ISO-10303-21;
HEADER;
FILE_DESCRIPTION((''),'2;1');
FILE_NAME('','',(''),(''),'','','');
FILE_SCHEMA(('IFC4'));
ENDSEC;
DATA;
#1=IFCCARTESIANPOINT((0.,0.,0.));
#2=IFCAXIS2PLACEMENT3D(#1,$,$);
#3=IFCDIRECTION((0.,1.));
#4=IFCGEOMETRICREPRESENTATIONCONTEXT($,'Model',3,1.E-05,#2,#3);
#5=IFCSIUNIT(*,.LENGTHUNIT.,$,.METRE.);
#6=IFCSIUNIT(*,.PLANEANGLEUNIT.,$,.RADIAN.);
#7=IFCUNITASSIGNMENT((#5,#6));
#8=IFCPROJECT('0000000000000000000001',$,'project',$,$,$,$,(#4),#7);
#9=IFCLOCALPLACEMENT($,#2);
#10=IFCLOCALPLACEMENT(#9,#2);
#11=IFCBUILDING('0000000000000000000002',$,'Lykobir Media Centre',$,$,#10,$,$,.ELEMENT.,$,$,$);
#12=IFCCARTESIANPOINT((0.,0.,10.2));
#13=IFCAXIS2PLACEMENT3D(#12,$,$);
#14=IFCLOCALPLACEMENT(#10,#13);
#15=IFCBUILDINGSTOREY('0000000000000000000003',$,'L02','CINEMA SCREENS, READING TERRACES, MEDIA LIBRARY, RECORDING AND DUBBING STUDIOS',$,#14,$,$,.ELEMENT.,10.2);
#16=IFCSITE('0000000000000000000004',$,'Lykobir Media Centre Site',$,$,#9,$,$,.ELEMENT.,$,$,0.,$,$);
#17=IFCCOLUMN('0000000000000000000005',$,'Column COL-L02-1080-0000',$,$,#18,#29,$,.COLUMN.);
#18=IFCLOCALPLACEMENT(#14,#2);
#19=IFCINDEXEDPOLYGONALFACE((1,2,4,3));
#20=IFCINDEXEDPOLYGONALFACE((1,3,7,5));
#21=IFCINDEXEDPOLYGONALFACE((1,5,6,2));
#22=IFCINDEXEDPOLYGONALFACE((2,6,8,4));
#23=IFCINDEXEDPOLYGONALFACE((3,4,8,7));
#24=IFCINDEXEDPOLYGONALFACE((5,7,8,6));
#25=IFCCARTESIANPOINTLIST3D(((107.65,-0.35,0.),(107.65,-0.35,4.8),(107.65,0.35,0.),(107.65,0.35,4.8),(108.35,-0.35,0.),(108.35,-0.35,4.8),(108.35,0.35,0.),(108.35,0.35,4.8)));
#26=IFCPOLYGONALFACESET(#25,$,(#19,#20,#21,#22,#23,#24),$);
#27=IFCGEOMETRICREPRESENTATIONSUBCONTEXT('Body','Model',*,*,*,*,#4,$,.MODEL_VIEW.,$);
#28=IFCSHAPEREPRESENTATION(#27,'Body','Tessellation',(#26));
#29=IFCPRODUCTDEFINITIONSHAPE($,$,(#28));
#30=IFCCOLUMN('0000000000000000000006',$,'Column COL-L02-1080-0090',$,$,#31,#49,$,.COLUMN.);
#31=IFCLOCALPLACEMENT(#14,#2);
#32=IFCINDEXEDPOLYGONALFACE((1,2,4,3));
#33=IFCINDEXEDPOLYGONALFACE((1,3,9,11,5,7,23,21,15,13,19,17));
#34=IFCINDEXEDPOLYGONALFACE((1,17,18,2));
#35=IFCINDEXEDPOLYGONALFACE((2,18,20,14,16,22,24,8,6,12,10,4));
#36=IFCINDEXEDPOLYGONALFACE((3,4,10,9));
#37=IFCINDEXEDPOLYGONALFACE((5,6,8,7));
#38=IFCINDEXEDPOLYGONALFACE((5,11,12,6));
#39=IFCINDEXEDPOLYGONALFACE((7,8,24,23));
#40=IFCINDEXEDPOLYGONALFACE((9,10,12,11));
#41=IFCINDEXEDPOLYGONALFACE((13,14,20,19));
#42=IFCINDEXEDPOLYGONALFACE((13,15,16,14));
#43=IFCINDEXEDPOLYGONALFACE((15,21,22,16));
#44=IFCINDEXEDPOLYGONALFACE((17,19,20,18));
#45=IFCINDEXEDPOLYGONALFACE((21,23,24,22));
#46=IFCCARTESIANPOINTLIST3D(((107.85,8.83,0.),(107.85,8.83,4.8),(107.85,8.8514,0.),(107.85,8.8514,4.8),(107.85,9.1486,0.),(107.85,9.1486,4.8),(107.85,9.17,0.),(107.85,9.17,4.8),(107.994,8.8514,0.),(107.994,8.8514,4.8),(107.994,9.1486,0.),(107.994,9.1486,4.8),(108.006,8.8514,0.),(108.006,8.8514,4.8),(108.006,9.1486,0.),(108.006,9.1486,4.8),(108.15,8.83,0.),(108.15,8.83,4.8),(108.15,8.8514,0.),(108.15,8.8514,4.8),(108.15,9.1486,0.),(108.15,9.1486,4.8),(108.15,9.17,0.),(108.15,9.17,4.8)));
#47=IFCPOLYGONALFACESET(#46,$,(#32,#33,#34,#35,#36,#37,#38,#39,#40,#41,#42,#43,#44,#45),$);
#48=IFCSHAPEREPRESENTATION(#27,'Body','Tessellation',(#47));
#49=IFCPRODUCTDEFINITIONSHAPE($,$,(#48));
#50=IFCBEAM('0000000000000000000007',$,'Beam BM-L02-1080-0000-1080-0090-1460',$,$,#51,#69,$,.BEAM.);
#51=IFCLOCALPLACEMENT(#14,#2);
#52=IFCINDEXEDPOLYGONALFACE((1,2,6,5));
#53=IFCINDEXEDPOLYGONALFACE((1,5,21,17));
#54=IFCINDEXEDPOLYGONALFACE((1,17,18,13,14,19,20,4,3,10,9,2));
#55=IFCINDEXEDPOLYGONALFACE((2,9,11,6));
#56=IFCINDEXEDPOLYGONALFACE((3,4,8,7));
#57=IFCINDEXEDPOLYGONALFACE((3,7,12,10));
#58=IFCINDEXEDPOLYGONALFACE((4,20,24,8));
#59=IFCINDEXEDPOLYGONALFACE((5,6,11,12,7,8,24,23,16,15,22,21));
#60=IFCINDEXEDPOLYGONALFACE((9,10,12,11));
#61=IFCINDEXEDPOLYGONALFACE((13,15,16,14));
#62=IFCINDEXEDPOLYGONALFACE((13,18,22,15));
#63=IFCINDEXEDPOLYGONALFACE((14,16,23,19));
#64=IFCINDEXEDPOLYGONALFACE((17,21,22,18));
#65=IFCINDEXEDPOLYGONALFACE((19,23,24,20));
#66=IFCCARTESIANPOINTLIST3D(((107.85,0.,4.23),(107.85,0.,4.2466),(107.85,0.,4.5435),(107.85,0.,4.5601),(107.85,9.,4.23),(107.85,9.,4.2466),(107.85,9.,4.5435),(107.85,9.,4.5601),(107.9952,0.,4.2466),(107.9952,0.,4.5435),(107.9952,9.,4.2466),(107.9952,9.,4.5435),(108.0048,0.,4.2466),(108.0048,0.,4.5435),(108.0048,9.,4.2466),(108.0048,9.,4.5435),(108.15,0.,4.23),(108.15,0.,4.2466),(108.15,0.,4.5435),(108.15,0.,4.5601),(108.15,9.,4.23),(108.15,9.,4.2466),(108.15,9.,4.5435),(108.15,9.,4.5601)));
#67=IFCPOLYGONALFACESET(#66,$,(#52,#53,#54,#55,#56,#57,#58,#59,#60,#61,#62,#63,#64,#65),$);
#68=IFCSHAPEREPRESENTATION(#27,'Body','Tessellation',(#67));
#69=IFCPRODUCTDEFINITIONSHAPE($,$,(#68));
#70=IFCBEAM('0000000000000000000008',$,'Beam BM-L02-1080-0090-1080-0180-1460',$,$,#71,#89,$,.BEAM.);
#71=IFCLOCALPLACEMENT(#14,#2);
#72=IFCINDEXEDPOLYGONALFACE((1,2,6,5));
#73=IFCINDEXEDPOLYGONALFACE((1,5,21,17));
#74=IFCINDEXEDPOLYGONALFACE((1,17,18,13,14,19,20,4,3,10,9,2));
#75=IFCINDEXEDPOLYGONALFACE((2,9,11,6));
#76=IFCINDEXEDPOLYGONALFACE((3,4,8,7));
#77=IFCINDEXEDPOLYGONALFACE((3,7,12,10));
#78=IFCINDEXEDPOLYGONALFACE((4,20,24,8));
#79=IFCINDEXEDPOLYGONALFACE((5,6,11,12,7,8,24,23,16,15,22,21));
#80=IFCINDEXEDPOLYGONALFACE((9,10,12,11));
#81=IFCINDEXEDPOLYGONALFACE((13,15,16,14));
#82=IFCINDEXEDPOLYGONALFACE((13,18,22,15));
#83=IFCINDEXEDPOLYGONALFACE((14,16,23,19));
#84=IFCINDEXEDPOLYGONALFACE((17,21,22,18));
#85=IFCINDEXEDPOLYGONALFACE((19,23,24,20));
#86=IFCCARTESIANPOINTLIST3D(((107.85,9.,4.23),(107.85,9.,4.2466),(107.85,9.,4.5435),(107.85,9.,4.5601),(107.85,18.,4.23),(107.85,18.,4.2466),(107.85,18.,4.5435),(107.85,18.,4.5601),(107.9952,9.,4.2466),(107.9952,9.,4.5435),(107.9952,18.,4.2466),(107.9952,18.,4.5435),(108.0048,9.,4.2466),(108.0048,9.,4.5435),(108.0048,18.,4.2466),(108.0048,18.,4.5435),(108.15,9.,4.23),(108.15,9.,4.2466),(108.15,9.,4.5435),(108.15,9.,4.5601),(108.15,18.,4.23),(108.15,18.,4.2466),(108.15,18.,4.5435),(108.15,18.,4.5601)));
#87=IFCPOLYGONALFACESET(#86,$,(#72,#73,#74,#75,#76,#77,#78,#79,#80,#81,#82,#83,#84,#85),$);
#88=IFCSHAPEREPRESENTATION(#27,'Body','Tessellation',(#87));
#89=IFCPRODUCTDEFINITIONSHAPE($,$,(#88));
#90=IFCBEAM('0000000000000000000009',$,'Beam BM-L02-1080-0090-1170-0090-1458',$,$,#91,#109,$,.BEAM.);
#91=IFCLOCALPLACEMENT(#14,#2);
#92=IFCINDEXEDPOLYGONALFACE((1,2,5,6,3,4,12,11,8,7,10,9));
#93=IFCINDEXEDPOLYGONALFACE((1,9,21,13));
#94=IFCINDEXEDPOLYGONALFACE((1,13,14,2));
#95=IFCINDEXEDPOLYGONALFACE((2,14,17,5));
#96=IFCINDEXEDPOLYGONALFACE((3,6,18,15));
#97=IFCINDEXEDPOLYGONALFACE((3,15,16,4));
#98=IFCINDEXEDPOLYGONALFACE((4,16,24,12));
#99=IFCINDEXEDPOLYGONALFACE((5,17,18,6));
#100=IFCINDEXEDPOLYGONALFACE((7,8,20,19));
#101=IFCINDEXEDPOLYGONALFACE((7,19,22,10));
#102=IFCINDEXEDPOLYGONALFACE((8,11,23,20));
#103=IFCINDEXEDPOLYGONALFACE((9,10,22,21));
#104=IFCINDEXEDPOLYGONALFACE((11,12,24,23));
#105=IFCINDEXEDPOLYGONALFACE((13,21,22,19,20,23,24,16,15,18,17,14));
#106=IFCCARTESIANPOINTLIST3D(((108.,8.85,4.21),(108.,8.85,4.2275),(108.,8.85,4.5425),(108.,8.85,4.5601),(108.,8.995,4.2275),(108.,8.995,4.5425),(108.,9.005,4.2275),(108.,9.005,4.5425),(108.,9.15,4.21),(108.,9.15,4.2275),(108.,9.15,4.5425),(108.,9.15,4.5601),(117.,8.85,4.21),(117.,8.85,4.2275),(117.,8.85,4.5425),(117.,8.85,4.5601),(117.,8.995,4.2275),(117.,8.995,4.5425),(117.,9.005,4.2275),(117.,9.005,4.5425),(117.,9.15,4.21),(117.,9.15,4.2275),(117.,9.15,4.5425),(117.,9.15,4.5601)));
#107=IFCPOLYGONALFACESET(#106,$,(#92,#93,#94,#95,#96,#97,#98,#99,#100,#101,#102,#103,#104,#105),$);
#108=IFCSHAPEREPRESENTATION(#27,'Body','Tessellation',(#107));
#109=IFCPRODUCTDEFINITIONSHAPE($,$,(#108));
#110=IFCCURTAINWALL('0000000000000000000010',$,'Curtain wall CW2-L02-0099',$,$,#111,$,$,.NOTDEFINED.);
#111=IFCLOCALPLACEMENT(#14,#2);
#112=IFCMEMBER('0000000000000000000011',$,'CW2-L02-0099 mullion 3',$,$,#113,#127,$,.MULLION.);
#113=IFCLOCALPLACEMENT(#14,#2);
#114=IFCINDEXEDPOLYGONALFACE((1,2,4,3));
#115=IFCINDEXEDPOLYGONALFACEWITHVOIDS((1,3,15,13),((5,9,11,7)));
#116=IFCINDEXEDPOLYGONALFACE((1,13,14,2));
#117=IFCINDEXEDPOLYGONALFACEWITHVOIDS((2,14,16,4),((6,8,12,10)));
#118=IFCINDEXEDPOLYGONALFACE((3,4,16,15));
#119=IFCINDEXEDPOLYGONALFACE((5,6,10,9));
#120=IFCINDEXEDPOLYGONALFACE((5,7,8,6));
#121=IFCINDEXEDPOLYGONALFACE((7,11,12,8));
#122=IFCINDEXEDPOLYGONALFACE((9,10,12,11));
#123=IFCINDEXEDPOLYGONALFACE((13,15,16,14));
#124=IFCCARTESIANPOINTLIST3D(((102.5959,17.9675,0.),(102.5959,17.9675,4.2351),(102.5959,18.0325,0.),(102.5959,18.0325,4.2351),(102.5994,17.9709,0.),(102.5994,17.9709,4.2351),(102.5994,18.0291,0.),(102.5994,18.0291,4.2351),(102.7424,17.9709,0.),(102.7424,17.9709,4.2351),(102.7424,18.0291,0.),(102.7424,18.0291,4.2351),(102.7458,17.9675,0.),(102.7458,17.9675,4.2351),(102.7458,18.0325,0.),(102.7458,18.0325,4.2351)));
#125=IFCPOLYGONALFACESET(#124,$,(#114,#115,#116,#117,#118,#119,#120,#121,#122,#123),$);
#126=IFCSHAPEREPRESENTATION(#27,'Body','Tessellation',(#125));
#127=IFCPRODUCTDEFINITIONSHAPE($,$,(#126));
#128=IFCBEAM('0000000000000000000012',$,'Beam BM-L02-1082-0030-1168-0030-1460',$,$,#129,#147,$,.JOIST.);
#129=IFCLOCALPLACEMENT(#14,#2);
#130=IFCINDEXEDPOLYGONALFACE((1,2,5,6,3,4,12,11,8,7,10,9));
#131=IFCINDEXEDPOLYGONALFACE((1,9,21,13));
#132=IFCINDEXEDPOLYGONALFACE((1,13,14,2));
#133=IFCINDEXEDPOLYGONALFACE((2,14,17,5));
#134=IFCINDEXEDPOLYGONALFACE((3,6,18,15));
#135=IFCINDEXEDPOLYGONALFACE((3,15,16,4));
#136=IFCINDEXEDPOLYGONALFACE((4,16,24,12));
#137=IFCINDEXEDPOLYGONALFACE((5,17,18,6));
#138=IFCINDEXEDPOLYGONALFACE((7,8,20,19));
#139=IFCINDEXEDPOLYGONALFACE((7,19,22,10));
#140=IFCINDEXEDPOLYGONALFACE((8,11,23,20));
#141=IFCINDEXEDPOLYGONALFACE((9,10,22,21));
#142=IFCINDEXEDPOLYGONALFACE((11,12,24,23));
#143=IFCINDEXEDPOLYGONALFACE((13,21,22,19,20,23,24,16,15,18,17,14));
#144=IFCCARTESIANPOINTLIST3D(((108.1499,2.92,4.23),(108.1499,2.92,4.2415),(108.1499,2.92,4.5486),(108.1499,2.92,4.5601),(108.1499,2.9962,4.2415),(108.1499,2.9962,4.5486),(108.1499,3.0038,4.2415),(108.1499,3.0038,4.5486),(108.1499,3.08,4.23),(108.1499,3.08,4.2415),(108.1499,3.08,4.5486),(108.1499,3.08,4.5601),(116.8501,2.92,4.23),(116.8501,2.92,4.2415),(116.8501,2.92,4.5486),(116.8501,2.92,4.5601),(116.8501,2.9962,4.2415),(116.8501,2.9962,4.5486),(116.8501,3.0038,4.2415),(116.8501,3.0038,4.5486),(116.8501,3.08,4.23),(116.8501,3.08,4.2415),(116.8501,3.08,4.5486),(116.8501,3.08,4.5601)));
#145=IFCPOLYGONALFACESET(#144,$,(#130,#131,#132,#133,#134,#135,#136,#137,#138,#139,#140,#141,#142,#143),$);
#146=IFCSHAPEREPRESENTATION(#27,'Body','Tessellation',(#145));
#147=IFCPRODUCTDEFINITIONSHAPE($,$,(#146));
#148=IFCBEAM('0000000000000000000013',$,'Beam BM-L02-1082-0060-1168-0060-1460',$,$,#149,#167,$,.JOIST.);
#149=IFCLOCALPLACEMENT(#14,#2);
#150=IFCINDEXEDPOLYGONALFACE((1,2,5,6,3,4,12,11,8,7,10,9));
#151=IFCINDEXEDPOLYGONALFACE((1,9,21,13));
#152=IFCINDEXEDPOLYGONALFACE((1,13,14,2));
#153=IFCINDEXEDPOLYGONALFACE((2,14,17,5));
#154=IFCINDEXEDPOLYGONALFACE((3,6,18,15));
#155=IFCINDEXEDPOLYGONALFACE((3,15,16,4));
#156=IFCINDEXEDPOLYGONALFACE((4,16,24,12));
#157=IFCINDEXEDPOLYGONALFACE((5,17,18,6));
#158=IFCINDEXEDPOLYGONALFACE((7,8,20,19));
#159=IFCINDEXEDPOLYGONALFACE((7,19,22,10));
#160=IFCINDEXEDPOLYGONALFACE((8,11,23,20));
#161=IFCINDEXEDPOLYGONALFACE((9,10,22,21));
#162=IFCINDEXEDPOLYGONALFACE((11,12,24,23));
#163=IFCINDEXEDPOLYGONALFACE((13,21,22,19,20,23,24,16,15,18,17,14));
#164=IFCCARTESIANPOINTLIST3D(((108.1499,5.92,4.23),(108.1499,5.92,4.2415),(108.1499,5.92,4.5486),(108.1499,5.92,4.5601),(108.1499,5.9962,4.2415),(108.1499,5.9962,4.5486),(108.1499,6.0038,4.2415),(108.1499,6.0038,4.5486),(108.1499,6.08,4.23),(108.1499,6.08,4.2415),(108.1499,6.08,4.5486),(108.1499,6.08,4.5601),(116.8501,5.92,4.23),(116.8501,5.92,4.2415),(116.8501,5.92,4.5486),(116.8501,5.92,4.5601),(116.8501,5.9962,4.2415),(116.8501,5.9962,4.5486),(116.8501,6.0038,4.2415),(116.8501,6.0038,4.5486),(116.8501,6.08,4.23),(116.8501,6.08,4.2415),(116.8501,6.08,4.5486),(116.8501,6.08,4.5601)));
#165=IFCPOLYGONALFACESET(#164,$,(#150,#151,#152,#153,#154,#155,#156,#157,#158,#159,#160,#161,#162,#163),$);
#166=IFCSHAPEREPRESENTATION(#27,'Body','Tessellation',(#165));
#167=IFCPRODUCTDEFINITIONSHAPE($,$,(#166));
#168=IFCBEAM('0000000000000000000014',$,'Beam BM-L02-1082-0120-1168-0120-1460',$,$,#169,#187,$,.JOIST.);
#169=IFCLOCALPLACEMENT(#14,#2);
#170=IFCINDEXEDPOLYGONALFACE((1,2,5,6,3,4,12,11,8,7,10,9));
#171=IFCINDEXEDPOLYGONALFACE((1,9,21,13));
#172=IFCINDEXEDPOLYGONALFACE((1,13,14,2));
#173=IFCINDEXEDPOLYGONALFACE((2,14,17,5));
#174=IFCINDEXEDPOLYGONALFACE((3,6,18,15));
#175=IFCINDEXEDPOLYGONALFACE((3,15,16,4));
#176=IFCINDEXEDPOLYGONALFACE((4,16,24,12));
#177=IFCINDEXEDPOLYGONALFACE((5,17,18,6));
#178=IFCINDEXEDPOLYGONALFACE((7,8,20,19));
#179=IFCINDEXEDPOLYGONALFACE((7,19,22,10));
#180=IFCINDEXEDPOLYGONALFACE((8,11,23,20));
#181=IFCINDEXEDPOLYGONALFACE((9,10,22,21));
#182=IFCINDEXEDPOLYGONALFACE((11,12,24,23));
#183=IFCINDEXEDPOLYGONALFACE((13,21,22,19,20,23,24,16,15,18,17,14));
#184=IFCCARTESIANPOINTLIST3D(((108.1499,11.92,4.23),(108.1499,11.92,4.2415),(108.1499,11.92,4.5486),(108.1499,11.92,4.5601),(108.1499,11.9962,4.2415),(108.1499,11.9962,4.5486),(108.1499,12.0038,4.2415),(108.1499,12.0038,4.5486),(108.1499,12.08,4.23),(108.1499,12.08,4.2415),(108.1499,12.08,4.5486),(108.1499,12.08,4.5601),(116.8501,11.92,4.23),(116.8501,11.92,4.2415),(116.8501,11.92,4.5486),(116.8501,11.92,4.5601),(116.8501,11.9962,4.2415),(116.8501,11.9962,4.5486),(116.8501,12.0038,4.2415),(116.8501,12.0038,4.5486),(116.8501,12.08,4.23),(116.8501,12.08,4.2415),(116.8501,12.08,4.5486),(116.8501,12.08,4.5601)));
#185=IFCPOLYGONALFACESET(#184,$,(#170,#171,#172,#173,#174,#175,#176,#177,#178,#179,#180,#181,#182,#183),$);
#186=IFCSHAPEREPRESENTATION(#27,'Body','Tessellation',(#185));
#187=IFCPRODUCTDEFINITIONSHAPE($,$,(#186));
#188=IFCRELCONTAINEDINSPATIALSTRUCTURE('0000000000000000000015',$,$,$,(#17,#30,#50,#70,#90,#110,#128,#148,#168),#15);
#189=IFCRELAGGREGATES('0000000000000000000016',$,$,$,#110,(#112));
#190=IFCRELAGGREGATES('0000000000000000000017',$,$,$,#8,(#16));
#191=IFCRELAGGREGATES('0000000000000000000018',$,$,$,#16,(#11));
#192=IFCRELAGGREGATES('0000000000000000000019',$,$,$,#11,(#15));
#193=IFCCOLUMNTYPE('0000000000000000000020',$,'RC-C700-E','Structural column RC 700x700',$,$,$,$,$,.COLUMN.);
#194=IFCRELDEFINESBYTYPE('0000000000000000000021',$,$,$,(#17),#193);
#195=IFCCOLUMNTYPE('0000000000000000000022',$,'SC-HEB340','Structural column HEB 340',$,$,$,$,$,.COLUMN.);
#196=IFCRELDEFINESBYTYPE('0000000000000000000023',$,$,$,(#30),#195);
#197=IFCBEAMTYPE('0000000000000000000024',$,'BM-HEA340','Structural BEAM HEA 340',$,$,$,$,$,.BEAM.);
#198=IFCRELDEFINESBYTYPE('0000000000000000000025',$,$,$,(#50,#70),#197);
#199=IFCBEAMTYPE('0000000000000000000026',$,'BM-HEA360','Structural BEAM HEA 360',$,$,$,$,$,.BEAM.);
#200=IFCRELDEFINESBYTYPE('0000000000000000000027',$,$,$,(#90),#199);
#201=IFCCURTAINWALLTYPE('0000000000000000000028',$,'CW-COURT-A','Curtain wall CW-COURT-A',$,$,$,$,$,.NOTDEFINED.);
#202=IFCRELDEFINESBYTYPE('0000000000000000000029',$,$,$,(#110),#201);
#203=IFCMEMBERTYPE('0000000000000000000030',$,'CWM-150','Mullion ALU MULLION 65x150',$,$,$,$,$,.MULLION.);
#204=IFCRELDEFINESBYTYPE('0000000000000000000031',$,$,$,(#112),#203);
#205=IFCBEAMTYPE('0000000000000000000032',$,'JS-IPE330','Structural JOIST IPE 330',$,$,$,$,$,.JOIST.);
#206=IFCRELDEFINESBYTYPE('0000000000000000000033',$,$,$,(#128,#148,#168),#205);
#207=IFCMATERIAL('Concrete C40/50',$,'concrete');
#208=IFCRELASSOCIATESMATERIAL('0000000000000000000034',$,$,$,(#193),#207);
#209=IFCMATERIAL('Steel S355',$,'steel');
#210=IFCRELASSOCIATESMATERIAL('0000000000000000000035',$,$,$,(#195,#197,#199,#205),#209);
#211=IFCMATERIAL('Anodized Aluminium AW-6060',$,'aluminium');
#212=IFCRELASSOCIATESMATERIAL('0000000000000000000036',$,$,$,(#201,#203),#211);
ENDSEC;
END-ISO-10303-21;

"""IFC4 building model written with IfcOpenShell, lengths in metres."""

from ifc_helpers import new_model, si_unit, direction, frame, origin, origin_2d, place, context, subcontext, project, spatial, rectangle, hollow_rectangle, i_section, extrude, material, material_profile, profile_set, type_object, element, aggregate, save


model = new_model("IFC4")

# Units and contexts
model_context = context("Model", 3, precision=1e-05, world=origin(), true_north=direction((0.0, 1.0)))
body_context = subcontext(model_context, "Body", "Model", "MODEL_VIEW")
ifc_project = project(units=[si_unit("LENGTHUNIT", "METRE"), si_unit("PLANEANGLEUNIT", "RADIAN")], contexts=[model_context])

# Site, building, storey
site_placement = place(None, origin())
site = spatial("IfcSite", under=ifc_project, at=site_placement, Name="Lykobir Media Centre Site", CompositionType="ELEMENT", RefElevation=0.0)
building_placement = place(site_placement, origin())
building = spatial("IfcBuilding", under=site, at=building_placement, Name="Lykobir Media Centre", CompositionType="ELEMENT")
storey_placement = place(building_placement, frame((0.0, 0.0, 10.2)))
storey = spatial("IfcBuildingStorey", under=building, at=storey_placement, Name="L02", Description="CINEMA SCREENS, READING TERRACES, MEDIA LIBRARY, RECORDING AND DUBBING STUDIOS", CompositionType="ELEMENT", Elevation=10.2)

# Columns
ifc_material_1 = material(Name="Concrete C40/50", Category="concrete")
ifc_material_profile_1 = material_profile(ifc_material_1, rectangle(XDim=0.7, YDim=0.7, at=origin_2d()), Name="RC 700x700")
ifc_profile_set_1 = profile_set([ifc_material_profile_1], Name="Concrete C40/50")
column_type_1 = type_object("IfcColumnType", Name="RC-C700-E", Description="Structural column RC 700x700", PredefinedType="COLUMN", material=ifc_profile_set_1)
column_1_placement = place(storey_placement, frame((108.0, 0.0, 0.0), z_axis=(0.0, 0.0, 1.0), x_axis=(1.0, 0.0, 0.0)))
element("IfcColumn", 1, at=column_1_placement, inside=storey, type_object=column_type_1, Name="Column COL-L02-1080-0000", PredefinedType="COLUMN", context=body_context, shape_type="SweptSolid", body=[
    extrude(rectangle(XDim=0.7, YDim=0.7, at=origin_2d()), origin(), (0.0, 0.0, 1.0), 4.8),
])
ifc_material_2 = material(Name="Steel S355", Category="steel")
ifc_material_profile_2 = material_profile(ifc_material_2, i_section(OverallWidth=0.3, OverallDepth=0.3401, WebThickness=0.012, FlangeThickness=0.0215, at=origin_2d()), Name="HEB 340")
ifc_profile_set_2 = profile_set([ifc_material_profile_2], Name="Steel S355")
column_type_2 = type_object("IfcColumnType", Name="SC-HEB340", Description="Structural column HEB 340", PredefinedType="COLUMN", material=ifc_profile_set_2)
column_2_placement = place(storey_placement, frame((108.0, 9.0, 0.0), z_axis=(0.0, 0.0, 1.0), x_axis=(1.0, 0.0, 0.0)))
element("IfcColumn", 2, at=column_2_placement, inside=storey, type_object=column_type_2, Name="Column COL-L02-1080-0090", PredefinedType="COLUMN", context=body_context, shape_type="SweptSolid", body=[
    extrude(i_section(OverallWidth=0.3, OverallDepth=0.3401, WebThickness=0.012, FlangeThickness=0.0215, at=origin_2d()), origin(), (0.0, 0.0, 1.0), 4.8),
])

# Beams
ifc_material_profile_3 = material_profile(ifc_material_2, i_section(OverallWidth=0.3, OverallDepth=0.3301, WebThickness=0.0095, FlangeThickness=0.0166, at=origin_2d()), Name="HEA 340")
ifc_profile_set_3 = profile_set([ifc_material_profile_3], Name="Steel S355")
beam_type_1 = type_object("IfcBeamType", Name="BM-HEA340", Description="Structural BEAM HEA 340", PredefinedType="BEAM", material=ifc_profile_set_3)
for number, where, z_axis, x_axis, name in (
    (3, (108.0, 0.0, 4.395), (0.0, 1.0, 0.0), (-1.0, 0.0, 0.0), "Beam BM-L02-1080-0000-1080-0090-1460"),
    (4, (108.0, 9.0, 4.395), (0.0, 1.0, 0.0), (-1.0, 0.0, 0.0), "Beam BM-L02-1080-0090-1080-0180-1460"),
):
    element("IfcBeam", number, at=place(storey_placement, frame(where, z_axis=z_axis, x_axis=x_axis)), inside=storey, type_object=beam_type_1, Name=name, PredefinedType="BEAM", context=body_context, shape_type="SweptSolid", body=[
        extrude(i_section(OverallWidth=0.3, OverallDepth=0.3301, WebThickness=0.0095, FlangeThickness=0.0166, at=origin_2d()), origin(), (0.0, 0.0, 1.0), 9.0),
    ])
ifc_material_profile_4 = material_profile(ifc_material_2, i_section(OverallWidth=0.3, OverallDepth=0.3501, WebThickness=0.01, FlangeThickness=0.0176, at=origin_2d()), Name="HEA 360")
ifc_profile_set_4 = profile_set([ifc_material_profile_4], Name="Steel S355")
beam_type_2 = type_object("IfcBeamType", Name="BM-HEA360", Description="Structural BEAM HEA 360", PredefinedType="BEAM", material=ifc_profile_set_4)
beam_1_placement = place(storey_placement, frame((108.0, 9.0, 4.385), z_axis=(1.0, 0.0, 0.0), x_axis=(0.0, 1.0, 0.0)))
element("IfcBeam", 5, at=beam_1_placement, inside=storey, type_object=beam_type_2, Name="Beam BM-L02-1080-0090-1170-0090-1458", PredefinedType="BEAM", context=body_context, shape_type="SweptSolid", body=[
    extrude(i_section(OverallWidth=0.3, OverallDepth=0.3501, WebThickness=0.01, FlangeThickness=0.0176, at=origin_2d()), origin(), (0.0, 0.0, 1.0), 9.0),
])

# Curtain wall, member
ifc_material_3 = material(Name="Anodized Aluminium AW-6060", Category="aluminium")
curtain_wall_type = type_object("IfcCurtainWallType", Name="CW-COURT-A", Description="Curtain wall CW-COURT-A", PredefinedType="NOTDEFINED", material=ifc_material_3)
curtain_wall_placement = place(storey_placement, origin())
curtain_wall = element("IfcCurtainWall", 6, at=curtain_wall_placement, inside=storey, type_object=curtain_wall_type, Name="Curtain wall CW2-L02-0099", PredefinedType="NOTDEFINED")
ifc_material_profile_5 = material_profile(ifc_material_3, hollow_rectangle(XDim=0.0649, YDim=0.1499, WallThickness=0.0034, at=origin_2d()), Name="ALU MULLION 65x150")
ifc_profile_set_5 = profile_set([ifc_material_profile_5], Name="Anodized Aluminium AW-6060")
member_type = type_object("IfcMemberType", Name="CWM-150", Description="Mullion ALU MULLION 65x150", PredefinedType="MULLION", material=ifc_profile_set_5)
member_placement = place(storey_placement, frame((102.6709, 18.0, 0.0), z_axis=(0.0, 0.0, 1.0), x_axis=(0.0, 1.0, 0.0)))
member = element("IfcMember", 7, at=member_placement, type_object=member_type, Name="CW2-L02-0099 mullion 3", PredefinedType="MULLION", context=body_context, shape_type="SweptSolid", body=[
    extrude(hollow_rectangle(XDim=0.0649, YDim=0.1499, WallThickness=0.0034, at=origin_2d()), origin(), (0.0, 0.0, 1.0), 4.2351),
])
aggregate(curtain_wall, [member])

# Beams
ifc_material_profile_6 = material_profile(ifc_material_2, i_section(OverallWidth=0.1599, OverallDepth=0.3301, WebThickness=0.0076, FlangeThickness=0.0115, at=origin_2d()), Name="IPE 330")
ifc_profile_set_6 = profile_set([ifc_material_profile_6], Name="Steel S355")
beam_type_3 = type_object("IfcBeamType", Name="JS-IPE330", Description="Structural JOIST IPE 330", PredefinedType="JOIST", material=ifc_profile_set_6)
for number, where, z_axis, x_axis, name in (
    (8, (108.1499, 3.0, 4.395), (1.0, 0.0, 0.0), (0.0, 1.0, 0.0), "Beam BM-L02-1082-0030-1168-0030-1460"),
    (9, (108.1499, 6.0, 4.395), (1.0, 0.0, 0.0), (0.0, 1.0, 0.0), "Beam BM-L02-1082-0060-1168-0060-1460"),
    (10, (108.1499, 12.0, 4.395), (1.0, 0.0, 0.0), (0.0, 1.0, 0.0), "Beam BM-L02-1082-0120-1168-0120-1460"),
):
    element("IfcBeam", number, at=place(storey_placement, frame(where, z_axis=z_axis, x_axis=x_axis)), inside=storey, type_object=beam_type_3, Name=name, PredefinedType="JOIST", context=body_context, shape_type="SweptSolid", body=[
        extrude(i_section(OverallWidth=0.1599, OverallDepth=0.3301, WebThickness=0.0076, FlangeThickness=0.0115, at=origin_2d()), origin(), (0.0, 0.0, 1.0), 8.7002),
    ])

save(model, "model.ifc")
